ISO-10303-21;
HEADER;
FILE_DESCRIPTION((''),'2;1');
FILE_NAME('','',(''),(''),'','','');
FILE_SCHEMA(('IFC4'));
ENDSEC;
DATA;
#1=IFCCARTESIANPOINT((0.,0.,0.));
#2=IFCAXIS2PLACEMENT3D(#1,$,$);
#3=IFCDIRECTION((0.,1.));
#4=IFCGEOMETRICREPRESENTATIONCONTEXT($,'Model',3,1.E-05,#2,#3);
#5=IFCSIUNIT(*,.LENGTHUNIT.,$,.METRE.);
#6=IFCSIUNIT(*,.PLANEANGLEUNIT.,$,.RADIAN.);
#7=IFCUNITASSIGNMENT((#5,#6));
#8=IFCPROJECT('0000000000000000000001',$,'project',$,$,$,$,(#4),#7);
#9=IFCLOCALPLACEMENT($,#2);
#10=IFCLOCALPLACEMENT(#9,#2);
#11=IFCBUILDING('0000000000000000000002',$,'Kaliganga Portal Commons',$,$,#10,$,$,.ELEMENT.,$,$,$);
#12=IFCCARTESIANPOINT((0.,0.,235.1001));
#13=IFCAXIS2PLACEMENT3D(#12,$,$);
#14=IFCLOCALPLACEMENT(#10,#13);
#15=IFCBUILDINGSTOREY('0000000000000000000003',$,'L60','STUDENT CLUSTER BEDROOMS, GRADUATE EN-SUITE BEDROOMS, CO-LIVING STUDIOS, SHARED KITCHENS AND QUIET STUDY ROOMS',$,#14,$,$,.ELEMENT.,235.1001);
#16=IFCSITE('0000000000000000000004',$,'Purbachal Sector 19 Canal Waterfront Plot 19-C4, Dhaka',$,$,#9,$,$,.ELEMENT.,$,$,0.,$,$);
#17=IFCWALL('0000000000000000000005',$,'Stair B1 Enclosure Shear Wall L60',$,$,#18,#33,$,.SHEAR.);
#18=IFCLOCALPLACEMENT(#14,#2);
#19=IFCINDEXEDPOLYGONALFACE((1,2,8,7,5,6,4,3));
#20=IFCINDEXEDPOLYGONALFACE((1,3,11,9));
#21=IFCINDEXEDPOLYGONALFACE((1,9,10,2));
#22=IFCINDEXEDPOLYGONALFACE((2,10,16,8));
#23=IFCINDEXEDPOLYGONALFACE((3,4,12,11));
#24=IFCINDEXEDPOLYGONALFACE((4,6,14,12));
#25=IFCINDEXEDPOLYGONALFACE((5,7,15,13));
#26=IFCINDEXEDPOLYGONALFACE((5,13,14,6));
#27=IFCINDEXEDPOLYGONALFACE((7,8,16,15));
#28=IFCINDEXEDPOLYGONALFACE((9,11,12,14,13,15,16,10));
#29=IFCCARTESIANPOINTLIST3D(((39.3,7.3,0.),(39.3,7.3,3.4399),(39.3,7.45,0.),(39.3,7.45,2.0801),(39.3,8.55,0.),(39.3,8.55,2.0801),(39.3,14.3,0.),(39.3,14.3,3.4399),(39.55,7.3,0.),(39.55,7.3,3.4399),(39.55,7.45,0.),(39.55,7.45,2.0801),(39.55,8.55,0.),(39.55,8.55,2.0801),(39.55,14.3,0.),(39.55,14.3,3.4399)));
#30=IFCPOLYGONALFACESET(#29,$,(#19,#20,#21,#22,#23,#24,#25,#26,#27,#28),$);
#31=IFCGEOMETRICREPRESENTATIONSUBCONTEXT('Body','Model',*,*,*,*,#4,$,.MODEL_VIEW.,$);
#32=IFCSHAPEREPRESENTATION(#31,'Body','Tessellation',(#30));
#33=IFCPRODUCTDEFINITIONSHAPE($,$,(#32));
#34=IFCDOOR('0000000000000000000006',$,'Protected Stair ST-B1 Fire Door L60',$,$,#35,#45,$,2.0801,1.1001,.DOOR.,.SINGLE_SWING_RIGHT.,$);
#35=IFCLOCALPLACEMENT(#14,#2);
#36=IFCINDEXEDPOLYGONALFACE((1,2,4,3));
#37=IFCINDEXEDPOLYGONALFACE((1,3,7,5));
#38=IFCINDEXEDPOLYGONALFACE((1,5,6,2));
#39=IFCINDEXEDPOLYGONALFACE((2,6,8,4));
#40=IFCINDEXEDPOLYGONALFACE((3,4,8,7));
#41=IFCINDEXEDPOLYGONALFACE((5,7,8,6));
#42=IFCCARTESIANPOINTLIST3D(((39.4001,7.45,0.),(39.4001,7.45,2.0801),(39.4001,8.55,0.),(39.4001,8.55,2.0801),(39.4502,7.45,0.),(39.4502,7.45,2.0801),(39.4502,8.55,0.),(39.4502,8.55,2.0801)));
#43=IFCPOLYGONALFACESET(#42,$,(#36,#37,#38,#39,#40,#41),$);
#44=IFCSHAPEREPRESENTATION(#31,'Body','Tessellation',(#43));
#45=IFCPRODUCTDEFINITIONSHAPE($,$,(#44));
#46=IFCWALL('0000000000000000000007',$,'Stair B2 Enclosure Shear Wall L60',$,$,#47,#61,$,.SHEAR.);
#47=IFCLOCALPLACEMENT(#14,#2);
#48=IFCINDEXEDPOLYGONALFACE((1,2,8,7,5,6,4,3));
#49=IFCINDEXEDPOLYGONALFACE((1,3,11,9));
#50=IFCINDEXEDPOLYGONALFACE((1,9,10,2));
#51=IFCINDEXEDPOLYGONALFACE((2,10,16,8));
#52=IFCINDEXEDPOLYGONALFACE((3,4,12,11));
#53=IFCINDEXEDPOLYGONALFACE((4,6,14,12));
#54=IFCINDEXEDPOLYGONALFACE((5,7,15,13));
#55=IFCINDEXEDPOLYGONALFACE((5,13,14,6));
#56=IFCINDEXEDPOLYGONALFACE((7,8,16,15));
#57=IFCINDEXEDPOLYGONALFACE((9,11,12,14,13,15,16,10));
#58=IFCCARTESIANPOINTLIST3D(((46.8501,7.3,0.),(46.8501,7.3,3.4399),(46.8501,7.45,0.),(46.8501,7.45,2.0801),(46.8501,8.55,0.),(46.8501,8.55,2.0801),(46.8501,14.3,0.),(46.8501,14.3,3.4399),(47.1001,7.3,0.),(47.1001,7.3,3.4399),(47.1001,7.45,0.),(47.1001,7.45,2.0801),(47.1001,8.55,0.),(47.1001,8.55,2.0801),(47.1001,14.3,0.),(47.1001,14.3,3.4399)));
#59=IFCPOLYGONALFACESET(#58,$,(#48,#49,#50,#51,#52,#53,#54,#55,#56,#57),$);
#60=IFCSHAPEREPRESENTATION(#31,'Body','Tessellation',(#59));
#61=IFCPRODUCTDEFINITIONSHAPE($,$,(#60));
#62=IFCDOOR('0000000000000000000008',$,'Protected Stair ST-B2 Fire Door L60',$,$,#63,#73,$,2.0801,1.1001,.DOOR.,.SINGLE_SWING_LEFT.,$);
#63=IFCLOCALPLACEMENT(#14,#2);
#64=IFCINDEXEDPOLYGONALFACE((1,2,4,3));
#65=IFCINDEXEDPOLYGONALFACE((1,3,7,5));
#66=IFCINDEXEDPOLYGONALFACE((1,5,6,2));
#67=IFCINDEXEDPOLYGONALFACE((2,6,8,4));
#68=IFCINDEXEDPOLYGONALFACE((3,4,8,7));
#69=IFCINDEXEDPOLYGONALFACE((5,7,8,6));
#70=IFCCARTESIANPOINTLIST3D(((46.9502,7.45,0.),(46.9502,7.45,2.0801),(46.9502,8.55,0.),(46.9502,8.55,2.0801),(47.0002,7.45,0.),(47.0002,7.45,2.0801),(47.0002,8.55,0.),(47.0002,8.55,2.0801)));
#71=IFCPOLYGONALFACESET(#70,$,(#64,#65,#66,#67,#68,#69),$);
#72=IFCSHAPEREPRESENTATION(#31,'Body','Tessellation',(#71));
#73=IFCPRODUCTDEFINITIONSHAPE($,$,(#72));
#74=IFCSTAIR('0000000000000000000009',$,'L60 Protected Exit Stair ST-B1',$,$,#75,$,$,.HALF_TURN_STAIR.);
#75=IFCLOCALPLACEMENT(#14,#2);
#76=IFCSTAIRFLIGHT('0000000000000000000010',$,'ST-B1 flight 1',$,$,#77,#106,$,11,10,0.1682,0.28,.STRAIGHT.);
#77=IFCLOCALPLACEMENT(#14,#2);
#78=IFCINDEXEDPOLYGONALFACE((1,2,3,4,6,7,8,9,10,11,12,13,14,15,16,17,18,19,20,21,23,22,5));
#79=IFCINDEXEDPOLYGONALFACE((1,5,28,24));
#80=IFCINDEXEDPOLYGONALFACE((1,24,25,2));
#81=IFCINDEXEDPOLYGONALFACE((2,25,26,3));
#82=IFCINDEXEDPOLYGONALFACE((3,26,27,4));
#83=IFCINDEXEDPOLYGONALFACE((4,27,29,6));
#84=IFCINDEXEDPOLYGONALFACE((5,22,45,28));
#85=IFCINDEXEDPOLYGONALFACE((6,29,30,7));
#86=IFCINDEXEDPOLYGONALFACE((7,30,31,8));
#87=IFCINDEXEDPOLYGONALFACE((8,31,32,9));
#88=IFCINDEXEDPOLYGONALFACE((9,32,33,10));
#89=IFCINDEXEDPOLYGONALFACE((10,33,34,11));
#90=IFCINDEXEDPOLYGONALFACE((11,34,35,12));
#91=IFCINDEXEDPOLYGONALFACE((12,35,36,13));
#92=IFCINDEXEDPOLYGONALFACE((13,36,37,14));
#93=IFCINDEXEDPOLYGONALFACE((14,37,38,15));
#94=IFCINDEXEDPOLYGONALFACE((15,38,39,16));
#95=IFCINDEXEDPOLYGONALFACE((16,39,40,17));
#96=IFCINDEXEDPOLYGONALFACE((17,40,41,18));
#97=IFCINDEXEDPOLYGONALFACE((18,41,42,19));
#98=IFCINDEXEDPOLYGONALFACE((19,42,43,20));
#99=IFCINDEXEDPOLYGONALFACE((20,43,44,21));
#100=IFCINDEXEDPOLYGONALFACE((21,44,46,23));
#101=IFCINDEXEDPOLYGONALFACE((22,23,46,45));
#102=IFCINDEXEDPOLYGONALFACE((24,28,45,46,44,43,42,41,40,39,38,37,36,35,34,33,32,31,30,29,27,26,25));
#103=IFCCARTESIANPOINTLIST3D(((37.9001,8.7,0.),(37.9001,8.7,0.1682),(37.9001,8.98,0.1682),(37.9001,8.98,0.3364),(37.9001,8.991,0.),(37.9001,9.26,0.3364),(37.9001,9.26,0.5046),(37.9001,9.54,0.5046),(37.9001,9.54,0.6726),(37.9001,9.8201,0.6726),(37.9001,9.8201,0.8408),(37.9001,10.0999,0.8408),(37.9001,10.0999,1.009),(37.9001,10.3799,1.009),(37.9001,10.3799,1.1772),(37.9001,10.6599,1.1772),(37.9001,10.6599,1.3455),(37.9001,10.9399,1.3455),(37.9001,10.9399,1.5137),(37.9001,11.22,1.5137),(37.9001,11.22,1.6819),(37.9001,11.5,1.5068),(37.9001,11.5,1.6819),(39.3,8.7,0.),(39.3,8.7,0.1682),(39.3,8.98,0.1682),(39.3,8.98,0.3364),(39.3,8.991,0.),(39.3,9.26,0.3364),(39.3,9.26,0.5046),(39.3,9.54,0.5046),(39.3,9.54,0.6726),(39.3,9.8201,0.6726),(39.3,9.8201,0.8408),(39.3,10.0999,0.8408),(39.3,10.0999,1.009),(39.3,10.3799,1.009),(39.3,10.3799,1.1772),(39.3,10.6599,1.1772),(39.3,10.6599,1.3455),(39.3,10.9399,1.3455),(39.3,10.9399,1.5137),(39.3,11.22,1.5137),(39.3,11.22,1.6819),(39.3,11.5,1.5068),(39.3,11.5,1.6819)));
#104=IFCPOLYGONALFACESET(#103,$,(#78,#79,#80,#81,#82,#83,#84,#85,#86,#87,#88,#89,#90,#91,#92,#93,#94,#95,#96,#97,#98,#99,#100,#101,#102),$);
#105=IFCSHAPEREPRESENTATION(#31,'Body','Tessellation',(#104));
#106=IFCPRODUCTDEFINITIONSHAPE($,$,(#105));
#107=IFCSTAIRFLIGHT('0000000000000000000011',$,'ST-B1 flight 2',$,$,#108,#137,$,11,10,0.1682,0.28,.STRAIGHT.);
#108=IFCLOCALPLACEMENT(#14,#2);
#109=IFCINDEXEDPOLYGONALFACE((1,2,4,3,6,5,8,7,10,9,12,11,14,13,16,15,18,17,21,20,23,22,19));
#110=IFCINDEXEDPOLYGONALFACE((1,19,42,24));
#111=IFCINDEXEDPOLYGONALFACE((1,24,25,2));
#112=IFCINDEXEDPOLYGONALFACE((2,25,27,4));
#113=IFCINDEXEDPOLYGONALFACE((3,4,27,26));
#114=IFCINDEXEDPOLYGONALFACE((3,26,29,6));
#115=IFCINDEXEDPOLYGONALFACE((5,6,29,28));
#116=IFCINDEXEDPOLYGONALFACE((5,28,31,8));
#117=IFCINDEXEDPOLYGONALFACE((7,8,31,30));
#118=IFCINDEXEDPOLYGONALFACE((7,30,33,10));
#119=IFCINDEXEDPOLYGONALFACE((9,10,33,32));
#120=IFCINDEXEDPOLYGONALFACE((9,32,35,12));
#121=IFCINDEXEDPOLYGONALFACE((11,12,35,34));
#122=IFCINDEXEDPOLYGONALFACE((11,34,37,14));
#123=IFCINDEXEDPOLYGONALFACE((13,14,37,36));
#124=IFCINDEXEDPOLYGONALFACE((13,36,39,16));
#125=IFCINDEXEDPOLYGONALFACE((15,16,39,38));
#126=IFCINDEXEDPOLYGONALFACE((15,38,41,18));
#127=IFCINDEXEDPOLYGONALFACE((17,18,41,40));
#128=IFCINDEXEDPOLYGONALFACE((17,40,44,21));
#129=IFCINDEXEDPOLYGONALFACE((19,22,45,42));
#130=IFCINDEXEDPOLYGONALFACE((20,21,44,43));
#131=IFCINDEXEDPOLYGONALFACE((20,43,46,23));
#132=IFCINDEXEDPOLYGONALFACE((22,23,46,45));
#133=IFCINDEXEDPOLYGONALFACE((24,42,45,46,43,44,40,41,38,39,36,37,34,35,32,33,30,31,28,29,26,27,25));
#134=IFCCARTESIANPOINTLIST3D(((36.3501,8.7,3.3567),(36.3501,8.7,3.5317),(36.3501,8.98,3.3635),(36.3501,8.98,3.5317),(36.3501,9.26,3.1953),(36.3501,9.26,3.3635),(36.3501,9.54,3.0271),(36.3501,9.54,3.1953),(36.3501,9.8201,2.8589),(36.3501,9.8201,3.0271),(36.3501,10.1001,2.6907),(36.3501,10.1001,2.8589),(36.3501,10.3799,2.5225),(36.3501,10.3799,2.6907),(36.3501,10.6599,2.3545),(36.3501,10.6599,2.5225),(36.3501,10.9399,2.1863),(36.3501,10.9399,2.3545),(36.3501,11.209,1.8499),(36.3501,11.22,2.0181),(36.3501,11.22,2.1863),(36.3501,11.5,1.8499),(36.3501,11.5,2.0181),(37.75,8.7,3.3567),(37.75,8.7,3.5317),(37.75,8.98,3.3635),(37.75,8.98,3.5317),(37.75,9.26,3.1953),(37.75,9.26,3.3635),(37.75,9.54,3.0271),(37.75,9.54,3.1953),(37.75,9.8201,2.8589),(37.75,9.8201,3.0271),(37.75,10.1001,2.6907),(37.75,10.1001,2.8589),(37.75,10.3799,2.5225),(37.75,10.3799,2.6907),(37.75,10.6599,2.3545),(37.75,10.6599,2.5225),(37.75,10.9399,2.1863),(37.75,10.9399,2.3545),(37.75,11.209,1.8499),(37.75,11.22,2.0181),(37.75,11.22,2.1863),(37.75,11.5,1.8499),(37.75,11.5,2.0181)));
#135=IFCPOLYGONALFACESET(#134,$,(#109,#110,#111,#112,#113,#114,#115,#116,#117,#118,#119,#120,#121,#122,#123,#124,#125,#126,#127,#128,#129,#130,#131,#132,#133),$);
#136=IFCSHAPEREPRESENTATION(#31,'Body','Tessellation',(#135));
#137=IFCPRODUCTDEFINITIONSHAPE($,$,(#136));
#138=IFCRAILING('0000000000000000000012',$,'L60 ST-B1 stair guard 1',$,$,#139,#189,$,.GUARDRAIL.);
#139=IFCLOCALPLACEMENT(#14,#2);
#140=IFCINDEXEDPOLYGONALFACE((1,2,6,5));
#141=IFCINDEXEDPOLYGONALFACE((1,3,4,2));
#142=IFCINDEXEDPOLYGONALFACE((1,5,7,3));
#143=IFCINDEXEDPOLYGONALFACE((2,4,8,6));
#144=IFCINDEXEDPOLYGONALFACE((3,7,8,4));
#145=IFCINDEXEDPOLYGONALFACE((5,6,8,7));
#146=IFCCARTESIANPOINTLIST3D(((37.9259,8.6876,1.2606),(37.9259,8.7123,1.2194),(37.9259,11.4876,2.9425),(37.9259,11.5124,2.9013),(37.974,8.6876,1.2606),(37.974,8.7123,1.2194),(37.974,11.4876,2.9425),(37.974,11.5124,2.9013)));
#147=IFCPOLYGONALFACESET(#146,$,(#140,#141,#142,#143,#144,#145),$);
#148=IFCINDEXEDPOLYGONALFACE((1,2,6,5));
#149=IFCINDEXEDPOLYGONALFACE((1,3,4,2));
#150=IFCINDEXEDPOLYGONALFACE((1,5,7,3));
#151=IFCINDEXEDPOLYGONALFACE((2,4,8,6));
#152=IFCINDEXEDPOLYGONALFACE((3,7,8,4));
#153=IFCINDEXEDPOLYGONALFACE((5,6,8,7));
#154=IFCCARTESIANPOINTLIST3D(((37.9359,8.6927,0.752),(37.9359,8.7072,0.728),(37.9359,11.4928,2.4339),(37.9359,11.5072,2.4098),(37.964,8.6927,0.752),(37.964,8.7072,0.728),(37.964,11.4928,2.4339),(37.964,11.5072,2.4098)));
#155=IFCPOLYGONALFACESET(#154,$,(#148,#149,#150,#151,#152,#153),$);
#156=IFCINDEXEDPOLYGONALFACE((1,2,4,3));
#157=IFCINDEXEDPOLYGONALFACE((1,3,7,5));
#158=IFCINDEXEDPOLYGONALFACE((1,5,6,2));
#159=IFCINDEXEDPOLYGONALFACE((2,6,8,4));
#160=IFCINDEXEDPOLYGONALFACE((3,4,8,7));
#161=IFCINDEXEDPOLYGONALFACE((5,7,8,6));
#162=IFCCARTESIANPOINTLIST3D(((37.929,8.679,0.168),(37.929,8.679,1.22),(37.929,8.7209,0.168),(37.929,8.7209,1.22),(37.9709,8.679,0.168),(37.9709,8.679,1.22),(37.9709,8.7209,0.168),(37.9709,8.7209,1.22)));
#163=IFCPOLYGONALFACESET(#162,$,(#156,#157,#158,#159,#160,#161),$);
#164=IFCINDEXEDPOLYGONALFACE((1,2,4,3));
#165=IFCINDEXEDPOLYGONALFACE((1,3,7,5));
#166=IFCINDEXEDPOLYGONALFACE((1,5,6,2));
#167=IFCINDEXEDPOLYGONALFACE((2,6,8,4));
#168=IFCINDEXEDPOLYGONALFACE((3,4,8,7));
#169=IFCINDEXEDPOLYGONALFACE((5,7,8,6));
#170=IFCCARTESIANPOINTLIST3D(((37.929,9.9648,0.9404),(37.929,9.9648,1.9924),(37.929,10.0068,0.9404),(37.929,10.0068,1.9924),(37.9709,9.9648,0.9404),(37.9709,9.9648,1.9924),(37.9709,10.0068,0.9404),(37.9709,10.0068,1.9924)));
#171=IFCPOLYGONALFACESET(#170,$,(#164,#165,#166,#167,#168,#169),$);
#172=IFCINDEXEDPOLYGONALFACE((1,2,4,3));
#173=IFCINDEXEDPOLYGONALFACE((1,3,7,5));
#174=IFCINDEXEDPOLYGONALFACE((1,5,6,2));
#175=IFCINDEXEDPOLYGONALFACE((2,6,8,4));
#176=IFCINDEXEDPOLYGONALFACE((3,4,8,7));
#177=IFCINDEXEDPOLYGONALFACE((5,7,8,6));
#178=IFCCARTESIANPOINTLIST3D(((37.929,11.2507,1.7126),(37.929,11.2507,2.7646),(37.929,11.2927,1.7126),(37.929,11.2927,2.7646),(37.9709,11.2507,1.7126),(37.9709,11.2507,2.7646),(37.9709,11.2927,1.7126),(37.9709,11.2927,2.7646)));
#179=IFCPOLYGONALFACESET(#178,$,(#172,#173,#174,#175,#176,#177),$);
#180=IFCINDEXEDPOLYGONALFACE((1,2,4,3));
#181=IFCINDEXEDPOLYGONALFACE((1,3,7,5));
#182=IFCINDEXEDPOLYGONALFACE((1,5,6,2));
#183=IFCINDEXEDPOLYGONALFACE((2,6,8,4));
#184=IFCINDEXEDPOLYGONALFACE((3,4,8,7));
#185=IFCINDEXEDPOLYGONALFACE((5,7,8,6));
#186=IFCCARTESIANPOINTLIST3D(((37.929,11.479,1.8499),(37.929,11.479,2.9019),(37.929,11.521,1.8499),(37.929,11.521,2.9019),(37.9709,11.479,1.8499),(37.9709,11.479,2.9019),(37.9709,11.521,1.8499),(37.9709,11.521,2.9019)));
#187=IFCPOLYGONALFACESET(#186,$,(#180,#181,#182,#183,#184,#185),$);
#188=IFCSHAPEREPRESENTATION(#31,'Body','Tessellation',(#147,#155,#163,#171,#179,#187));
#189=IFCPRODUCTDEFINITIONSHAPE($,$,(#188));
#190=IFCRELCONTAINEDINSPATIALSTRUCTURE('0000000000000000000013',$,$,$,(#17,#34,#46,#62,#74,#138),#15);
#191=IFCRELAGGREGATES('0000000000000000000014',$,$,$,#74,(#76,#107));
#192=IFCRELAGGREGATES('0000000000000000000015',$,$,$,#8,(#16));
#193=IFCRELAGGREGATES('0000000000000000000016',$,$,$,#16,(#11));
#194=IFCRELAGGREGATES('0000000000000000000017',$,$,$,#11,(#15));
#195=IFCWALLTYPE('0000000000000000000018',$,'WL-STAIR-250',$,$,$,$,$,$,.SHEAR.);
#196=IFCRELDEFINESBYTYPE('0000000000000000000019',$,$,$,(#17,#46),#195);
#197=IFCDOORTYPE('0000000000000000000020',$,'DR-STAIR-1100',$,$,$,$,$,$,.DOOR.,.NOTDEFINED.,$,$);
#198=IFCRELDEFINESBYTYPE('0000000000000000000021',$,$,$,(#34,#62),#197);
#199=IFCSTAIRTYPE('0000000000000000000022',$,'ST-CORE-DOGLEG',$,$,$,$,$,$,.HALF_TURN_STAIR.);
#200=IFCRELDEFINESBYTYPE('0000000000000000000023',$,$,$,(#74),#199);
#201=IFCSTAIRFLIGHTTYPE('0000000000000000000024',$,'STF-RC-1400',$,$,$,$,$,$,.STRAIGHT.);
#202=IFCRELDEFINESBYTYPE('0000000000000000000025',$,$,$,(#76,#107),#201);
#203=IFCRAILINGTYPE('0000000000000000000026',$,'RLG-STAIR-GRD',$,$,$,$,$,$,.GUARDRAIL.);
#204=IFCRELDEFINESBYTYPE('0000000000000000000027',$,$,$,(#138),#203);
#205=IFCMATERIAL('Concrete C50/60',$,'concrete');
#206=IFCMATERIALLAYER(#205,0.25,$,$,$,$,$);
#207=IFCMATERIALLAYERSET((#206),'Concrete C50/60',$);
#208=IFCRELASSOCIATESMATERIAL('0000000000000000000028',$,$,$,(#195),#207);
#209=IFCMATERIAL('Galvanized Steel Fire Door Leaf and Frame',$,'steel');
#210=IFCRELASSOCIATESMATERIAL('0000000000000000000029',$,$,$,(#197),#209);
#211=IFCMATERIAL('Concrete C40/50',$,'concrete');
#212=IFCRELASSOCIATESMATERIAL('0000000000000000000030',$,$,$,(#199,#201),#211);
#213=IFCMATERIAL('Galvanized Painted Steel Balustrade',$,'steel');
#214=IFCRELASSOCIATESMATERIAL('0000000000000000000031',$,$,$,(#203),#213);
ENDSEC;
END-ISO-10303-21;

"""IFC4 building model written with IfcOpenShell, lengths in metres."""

from ifc_helpers import new_model, si_unit, direction, frame, frame_2d, origin, origin_2d, place, context, subcontext, project, spatial, polyline, rectangle, outline, extrude, material, layer, layer_set, type_object, element, fill, aggregate, save


model = new_model("IFC4")

# Units and contexts
model_context = context("Model", 3, precision=1e-05, world=origin(), true_north=direction((0.0, 1.0)))
body_context = subcontext(model_context, "Body", "Model", "MODEL_VIEW")
ifc_project = project(units=[si_unit("LENGTHUNIT", "METRE"), si_unit("PLANEANGLEUNIT", "RADIAN")], contexts=[model_context])

# Site, building, storey
site_placement = place(None, origin())
site = spatial("IfcSite", under=ifc_project, at=site_placement, Name="Purbachal Sector 19 Canal Waterfront Plot 19-C4, Dhaka", CompositionType="ELEMENT", RefElevation=0.0)
building_placement = place(site_placement, origin())
building = spatial("IfcBuilding", under=site, at=building_placement, Name="Kaliganga Portal Commons", CompositionType="ELEMENT")
storey_placement = place(building_placement, frame((0.0, 0.0, 235.1001)))
storey = spatial("IfcBuildingStorey", under=building, at=storey_placement, Name="L60", Description="STUDENT CLUSTER BEDROOMS, GRADUATE EN-SUITE BEDROOMS, CO-LIVING STUDIOS, SHARED KITCHENS AND QUIET STUDY ROOMS", CompositionType="ELEMENT", Elevation=235.1001)

# Shared definitions
ifc_material_1 = material(Name="Concrete C50/60", Category="concrete")

# Walls, openings, doors
ifc_layer_1 = layer(ifc_material_1, 0.25)
ifc_layer_set_1 = layer_set([ifc_layer_1], Name="Concrete C50/60")
wall_type_1 = type_object("IfcWallType", Name="WL-STAIR-250", PredefinedType="SHEAR", material=ifc_layer_set_1)
wall_1_placement = place(storey_placement, frame((39.425, 7.3, 0.0), z_axis=(0.0, 0.0, 1.0), x_axis=(0.0, 1.0, 0.0)))
wall_1 = element("IfcWall", 1, at=wall_1_placement, inside=storey, type_object=wall_type_1, Name="Stair B1 Enclosure Shear Wall L60", PredefinedType="SHEAR", context=body_context, shape_type="SweptSolid", body=[
    extrude(rectangle(XDim=7.0, YDim=0.25, at=frame_2d((3.5, 0.0))), origin(), (0.0, 0.0, 1.0), 3.4399),
])
opening_1_placement = place(wall_1_placement, frame((0.1499, 0.0, 0.0)))
opening_1 = element("IfcOpeningElement", 2, at=opening_1_placement, cuts=wall_1, PredefinedType="OPENING", context=body_context, shape_type="SweptSolid", body=[
    extrude(rectangle(XDim=1.1001, YDim=2.0801, at=frame_2d((0.55, 1.04))), frame((0.0, 0.135, 0.0), z_axis=(0.0, -1.0, 0.0), x_axis=(1.0, 0.0, 0.0)), (0.0, 0.0, 1.0), 0.27),
])
ifc_material_2 = material(Name="Galvanized Steel Fire Door Leaf and Frame", Category="steel")
door_type_1 = type_object("IfcDoorType", Name="DR-STAIR-1100", OperationType="NOTDEFINED", PredefinedType="DOOR", material=ifc_material_2)
door_1_placement = place(opening_1_placement, origin())
door_1 = element("IfcDoor", 3, at=door_1_placement, inside=storey, type_object=door_type_1, Name="Protected Stair ST-B1 Fire Door L60", OperationType="SINGLE_SWING_RIGHT", OverallHeight=2.0801, OverallWidth=1.1001, PredefinedType="DOOR", context=body_context, shape_type="SweptSolid", body=[
    extrude(rectangle(XDim=1.1001, YDim=2.0801, at=frame_2d((0.55, 1.04))), frame((0.0, 0.0249, 0.0), z_axis=(0.0, -1.0, 0.0), x_axis=(1.0, 0.0, 0.0)), (0.0, 0.0, 1.0), 0.05),
])
fill(opening_1, door_1)
wall_2_placement = place(storey_placement, frame((46.9751, 7.3, 0.0), z_axis=(0.0, 0.0, 1.0), x_axis=(0.0, 1.0, 0.0)))
wall_2 = element("IfcWall", 4, at=wall_2_placement, inside=storey, type_object=wall_type_1, Name="Stair B2 Enclosure Shear Wall L60", PredefinedType="SHEAR", context=body_context, shape_type="SweptSolid", body=[
    extrude(rectangle(XDim=7.0, YDim=0.25, at=frame_2d((3.5, 0.0))), origin(), (0.0, 0.0, 1.0), 3.4399),
])
opening_2_placement = place(wall_2_placement, frame((0.1499, 0.0, 0.0)))
opening_2 = element("IfcOpeningElement", 5, at=opening_2_placement, cuts=wall_2, PredefinedType="OPENING", context=body_context, shape_type="SweptSolid", body=[
    extrude(rectangle(XDim=1.1001, YDim=2.0801, at=frame_2d((0.55, 1.04))), frame((0.0, 0.135, 0.0), z_axis=(0.0, -1.0, 0.0), x_axis=(1.0, 0.0, 0.0)), (0.0, 0.0, 1.0), 0.27),
])
door_2_placement = place(opening_2_placement, origin())
door_2 = element("IfcDoor", 6, at=door_2_placement, inside=storey, type_object=door_type_1, Name="Protected Stair ST-B2 Fire Door L60", OperationType="SINGLE_SWING_LEFT", OverallHeight=2.0801, OverallWidth=1.1001, PredefinedType="DOOR", context=body_context, shape_type="SweptSolid", body=[
    extrude(rectangle(XDim=1.1001, YDim=2.0801, at=frame_2d((0.55, 1.04))), frame((0.0, 0.0249, 0.0), z_axis=(0.0, -1.0, 0.0), x_axis=(1.0, 0.0, 0.0)), (0.0, 0.0, 1.0), 0.05),
])
fill(opening_2, door_2)

# Stair, stair flights
ifc_material_3 = material(Name="Concrete C40/50", Category="concrete")
stair_type = type_object("IfcStairType", Name="ST-CORE-DOGLEG", PredefinedType="HALF_TURN_STAIR", material=ifc_material_3)
stair_placement = place(storey_placement, origin())
stair = element("IfcStair", 7, at=stair_placement, inside=storey, type_object=stair_type, Name="L60 Protected Exit Stair ST-B1", PredefinedType="HALF_TURN_STAIR")
stair_flight_type = type_object("IfcStairFlightType", Name="STF-RC-1400", PredefinedType="STRAIGHT", material=ifc_material_3)
stair_flight_1_placement = place(storey_placement, frame((38.6001, 8.7, 0.0), z_axis=(0.0, 0.0, 1.0), x_axis=(0.0, 1.0, 0.0)))
stair_flight_1 = element("IfcStairFlight", 8, at=stair_flight_1_placement, type_object=stair_flight_type, Name="ST-B1 flight 1", NumberOfRisers=11, NumberOfTreads=10, PredefinedType="STRAIGHT", RiserHeight=0.1682, TreadLength=0.28, context=body_context, shape_type="SweptSolid", body=[
    extrude(outline(polyline([(0.0, 0.0), (0.0, 0.1682), (0.28, 0.1682), (0.28, 0.3364), (0.5601, 0.3364), (0.5601, 0.5046), (0.8401, 0.5046), (0.8401, 0.6726), (1.1201, 0.6726), (1.1201, 0.8408), (1.3999, 0.8408), (1.3999, 1.009), (1.6799, 1.009), (1.6799, 1.1772), (1.96, 1.1772), (1.96, 1.3455), (2.24, 1.3455), (2.24, 1.5137), (2.52, 1.5137), (2.52, 1.6819), (2.8, 1.6819), (2.8, 1.8501), (2.8, 1.5068), (0.291, 0.0), (0.0, 0.0)])), frame((0.0, 0.7, 0.0), z_axis=(0.0, -1.0, 0.0), x_axis=(1.0, 0.0, 0.0)), (0.0, 0.0, 1.0), 1.3999),
])
stair_flight_2_placement = place(storey_placement, frame((37.05, 11.5, 1.8499), z_axis=(0.0, 0.0, 1.0), x_axis=(0.0, -1.0, 0.0)))
stair_flight_2 = element("IfcStairFlight", 9, at=stair_flight_2_placement, type_object=stair_flight_type, Name="ST-B1 flight 2", NumberOfRisers=11, NumberOfTreads=10, PredefinedType="STRAIGHT", RiserHeight=0.1682, TreadLength=0.28, context=body_context, shape_type="SweptSolid", body=[
    extrude(outline(polyline([(0.0, 0.0), (0.0, 0.1682), (0.28, 0.1682), (0.28, 0.3364), (0.5601, 0.3364), (0.5601, 0.5046), (0.8401, 0.5046), (0.8401, 0.6726), (1.1201, 0.6726), (1.1201, 0.8408), (1.3999, 0.8408), (1.3999, 1.009), (1.6799, 1.009), (1.6799, 1.1772), (1.96, 1.1772), (1.96, 1.3455), (2.24, 1.3455), (2.24, 1.5137), (2.52, 1.5137), (2.52, 1.6819), (2.8, 1.6819), (2.8, 1.8501), (2.8, 1.5068), (0.291, 0.0), (0.0, 0.0)])), frame((0.0, 0.7, 0.0), z_axis=(0.0, -1.0, 0.0), x_axis=(1.0, 0.0, 0.0)), (0.0, 0.0, 1.0), 1.3999),
])
aggregate(stair, [stair_flight_1, stair_flight_2])

# Railing
ifc_material_4 = material(Name="Galvanized Painted Steel Balustrade", Category="steel")
railing_type_1 = type_object("IfcRailingType", Name="RLG-STAIR-GRD", PredefinedType="GUARDRAIL", material=ifc_material_4)
railing_1_placement = place(storey_placement, frame((37.95, 8.7, 0.168)))
element("IfcRailing", 10, at=railing_1_placement, inside=storey, type_object=railing_type_1, Name="L60 ST-B1 stair guard 1", PredefinedType="GUARDRAIL", context=body_context, shape_type="SweptSolid", body=[
    extrude(rectangle(XDim=0.0481, YDim=0.0481, at=origin_2d()), frame((0.0, 0.0, 1.072), z_axis=(0.0, 0.857242, 0.514913), x_axis=(-1.0, 0.0, 0.0)), (0.0, 0.0, 1.0), 3.2664),
    extrude(rectangle(XDim=0.0281, YDim=0.0281, at=origin_2d()), frame((0.0, 0.0, 0.572), z_axis=(0.0, 0.857242, 0.514913), x_axis=(-1.0, 0.0, 0.0)), (0.0, 0.0, 1.0), 3.2664),
    extrude(rectangle(XDim=0.042, YDim=0.042, at=origin_2d()), origin(), (0.0, 0.0, 1.0), 1.052),
    extrude(rectangle(XDim=0.042, YDim=0.042, at=origin_2d()), frame((0.0, 1.2859, 0.7725)), (0.0, 0.0, 1.0), 1.052),
    extrude(rectangle(XDim=0.042, YDim=0.042, at=origin_2d()), frame((0.0, 2.5718, 1.5447)), (0.0, 0.0, 1.0), 1.052),
    extrude(rectangle(XDim=0.042, YDim=0.042, at=origin_2d()), frame((0.0, 2.8, 1.6819)), (0.0, 0.0, 1.0), 1.052),
])

save(model, "model.ifc")
